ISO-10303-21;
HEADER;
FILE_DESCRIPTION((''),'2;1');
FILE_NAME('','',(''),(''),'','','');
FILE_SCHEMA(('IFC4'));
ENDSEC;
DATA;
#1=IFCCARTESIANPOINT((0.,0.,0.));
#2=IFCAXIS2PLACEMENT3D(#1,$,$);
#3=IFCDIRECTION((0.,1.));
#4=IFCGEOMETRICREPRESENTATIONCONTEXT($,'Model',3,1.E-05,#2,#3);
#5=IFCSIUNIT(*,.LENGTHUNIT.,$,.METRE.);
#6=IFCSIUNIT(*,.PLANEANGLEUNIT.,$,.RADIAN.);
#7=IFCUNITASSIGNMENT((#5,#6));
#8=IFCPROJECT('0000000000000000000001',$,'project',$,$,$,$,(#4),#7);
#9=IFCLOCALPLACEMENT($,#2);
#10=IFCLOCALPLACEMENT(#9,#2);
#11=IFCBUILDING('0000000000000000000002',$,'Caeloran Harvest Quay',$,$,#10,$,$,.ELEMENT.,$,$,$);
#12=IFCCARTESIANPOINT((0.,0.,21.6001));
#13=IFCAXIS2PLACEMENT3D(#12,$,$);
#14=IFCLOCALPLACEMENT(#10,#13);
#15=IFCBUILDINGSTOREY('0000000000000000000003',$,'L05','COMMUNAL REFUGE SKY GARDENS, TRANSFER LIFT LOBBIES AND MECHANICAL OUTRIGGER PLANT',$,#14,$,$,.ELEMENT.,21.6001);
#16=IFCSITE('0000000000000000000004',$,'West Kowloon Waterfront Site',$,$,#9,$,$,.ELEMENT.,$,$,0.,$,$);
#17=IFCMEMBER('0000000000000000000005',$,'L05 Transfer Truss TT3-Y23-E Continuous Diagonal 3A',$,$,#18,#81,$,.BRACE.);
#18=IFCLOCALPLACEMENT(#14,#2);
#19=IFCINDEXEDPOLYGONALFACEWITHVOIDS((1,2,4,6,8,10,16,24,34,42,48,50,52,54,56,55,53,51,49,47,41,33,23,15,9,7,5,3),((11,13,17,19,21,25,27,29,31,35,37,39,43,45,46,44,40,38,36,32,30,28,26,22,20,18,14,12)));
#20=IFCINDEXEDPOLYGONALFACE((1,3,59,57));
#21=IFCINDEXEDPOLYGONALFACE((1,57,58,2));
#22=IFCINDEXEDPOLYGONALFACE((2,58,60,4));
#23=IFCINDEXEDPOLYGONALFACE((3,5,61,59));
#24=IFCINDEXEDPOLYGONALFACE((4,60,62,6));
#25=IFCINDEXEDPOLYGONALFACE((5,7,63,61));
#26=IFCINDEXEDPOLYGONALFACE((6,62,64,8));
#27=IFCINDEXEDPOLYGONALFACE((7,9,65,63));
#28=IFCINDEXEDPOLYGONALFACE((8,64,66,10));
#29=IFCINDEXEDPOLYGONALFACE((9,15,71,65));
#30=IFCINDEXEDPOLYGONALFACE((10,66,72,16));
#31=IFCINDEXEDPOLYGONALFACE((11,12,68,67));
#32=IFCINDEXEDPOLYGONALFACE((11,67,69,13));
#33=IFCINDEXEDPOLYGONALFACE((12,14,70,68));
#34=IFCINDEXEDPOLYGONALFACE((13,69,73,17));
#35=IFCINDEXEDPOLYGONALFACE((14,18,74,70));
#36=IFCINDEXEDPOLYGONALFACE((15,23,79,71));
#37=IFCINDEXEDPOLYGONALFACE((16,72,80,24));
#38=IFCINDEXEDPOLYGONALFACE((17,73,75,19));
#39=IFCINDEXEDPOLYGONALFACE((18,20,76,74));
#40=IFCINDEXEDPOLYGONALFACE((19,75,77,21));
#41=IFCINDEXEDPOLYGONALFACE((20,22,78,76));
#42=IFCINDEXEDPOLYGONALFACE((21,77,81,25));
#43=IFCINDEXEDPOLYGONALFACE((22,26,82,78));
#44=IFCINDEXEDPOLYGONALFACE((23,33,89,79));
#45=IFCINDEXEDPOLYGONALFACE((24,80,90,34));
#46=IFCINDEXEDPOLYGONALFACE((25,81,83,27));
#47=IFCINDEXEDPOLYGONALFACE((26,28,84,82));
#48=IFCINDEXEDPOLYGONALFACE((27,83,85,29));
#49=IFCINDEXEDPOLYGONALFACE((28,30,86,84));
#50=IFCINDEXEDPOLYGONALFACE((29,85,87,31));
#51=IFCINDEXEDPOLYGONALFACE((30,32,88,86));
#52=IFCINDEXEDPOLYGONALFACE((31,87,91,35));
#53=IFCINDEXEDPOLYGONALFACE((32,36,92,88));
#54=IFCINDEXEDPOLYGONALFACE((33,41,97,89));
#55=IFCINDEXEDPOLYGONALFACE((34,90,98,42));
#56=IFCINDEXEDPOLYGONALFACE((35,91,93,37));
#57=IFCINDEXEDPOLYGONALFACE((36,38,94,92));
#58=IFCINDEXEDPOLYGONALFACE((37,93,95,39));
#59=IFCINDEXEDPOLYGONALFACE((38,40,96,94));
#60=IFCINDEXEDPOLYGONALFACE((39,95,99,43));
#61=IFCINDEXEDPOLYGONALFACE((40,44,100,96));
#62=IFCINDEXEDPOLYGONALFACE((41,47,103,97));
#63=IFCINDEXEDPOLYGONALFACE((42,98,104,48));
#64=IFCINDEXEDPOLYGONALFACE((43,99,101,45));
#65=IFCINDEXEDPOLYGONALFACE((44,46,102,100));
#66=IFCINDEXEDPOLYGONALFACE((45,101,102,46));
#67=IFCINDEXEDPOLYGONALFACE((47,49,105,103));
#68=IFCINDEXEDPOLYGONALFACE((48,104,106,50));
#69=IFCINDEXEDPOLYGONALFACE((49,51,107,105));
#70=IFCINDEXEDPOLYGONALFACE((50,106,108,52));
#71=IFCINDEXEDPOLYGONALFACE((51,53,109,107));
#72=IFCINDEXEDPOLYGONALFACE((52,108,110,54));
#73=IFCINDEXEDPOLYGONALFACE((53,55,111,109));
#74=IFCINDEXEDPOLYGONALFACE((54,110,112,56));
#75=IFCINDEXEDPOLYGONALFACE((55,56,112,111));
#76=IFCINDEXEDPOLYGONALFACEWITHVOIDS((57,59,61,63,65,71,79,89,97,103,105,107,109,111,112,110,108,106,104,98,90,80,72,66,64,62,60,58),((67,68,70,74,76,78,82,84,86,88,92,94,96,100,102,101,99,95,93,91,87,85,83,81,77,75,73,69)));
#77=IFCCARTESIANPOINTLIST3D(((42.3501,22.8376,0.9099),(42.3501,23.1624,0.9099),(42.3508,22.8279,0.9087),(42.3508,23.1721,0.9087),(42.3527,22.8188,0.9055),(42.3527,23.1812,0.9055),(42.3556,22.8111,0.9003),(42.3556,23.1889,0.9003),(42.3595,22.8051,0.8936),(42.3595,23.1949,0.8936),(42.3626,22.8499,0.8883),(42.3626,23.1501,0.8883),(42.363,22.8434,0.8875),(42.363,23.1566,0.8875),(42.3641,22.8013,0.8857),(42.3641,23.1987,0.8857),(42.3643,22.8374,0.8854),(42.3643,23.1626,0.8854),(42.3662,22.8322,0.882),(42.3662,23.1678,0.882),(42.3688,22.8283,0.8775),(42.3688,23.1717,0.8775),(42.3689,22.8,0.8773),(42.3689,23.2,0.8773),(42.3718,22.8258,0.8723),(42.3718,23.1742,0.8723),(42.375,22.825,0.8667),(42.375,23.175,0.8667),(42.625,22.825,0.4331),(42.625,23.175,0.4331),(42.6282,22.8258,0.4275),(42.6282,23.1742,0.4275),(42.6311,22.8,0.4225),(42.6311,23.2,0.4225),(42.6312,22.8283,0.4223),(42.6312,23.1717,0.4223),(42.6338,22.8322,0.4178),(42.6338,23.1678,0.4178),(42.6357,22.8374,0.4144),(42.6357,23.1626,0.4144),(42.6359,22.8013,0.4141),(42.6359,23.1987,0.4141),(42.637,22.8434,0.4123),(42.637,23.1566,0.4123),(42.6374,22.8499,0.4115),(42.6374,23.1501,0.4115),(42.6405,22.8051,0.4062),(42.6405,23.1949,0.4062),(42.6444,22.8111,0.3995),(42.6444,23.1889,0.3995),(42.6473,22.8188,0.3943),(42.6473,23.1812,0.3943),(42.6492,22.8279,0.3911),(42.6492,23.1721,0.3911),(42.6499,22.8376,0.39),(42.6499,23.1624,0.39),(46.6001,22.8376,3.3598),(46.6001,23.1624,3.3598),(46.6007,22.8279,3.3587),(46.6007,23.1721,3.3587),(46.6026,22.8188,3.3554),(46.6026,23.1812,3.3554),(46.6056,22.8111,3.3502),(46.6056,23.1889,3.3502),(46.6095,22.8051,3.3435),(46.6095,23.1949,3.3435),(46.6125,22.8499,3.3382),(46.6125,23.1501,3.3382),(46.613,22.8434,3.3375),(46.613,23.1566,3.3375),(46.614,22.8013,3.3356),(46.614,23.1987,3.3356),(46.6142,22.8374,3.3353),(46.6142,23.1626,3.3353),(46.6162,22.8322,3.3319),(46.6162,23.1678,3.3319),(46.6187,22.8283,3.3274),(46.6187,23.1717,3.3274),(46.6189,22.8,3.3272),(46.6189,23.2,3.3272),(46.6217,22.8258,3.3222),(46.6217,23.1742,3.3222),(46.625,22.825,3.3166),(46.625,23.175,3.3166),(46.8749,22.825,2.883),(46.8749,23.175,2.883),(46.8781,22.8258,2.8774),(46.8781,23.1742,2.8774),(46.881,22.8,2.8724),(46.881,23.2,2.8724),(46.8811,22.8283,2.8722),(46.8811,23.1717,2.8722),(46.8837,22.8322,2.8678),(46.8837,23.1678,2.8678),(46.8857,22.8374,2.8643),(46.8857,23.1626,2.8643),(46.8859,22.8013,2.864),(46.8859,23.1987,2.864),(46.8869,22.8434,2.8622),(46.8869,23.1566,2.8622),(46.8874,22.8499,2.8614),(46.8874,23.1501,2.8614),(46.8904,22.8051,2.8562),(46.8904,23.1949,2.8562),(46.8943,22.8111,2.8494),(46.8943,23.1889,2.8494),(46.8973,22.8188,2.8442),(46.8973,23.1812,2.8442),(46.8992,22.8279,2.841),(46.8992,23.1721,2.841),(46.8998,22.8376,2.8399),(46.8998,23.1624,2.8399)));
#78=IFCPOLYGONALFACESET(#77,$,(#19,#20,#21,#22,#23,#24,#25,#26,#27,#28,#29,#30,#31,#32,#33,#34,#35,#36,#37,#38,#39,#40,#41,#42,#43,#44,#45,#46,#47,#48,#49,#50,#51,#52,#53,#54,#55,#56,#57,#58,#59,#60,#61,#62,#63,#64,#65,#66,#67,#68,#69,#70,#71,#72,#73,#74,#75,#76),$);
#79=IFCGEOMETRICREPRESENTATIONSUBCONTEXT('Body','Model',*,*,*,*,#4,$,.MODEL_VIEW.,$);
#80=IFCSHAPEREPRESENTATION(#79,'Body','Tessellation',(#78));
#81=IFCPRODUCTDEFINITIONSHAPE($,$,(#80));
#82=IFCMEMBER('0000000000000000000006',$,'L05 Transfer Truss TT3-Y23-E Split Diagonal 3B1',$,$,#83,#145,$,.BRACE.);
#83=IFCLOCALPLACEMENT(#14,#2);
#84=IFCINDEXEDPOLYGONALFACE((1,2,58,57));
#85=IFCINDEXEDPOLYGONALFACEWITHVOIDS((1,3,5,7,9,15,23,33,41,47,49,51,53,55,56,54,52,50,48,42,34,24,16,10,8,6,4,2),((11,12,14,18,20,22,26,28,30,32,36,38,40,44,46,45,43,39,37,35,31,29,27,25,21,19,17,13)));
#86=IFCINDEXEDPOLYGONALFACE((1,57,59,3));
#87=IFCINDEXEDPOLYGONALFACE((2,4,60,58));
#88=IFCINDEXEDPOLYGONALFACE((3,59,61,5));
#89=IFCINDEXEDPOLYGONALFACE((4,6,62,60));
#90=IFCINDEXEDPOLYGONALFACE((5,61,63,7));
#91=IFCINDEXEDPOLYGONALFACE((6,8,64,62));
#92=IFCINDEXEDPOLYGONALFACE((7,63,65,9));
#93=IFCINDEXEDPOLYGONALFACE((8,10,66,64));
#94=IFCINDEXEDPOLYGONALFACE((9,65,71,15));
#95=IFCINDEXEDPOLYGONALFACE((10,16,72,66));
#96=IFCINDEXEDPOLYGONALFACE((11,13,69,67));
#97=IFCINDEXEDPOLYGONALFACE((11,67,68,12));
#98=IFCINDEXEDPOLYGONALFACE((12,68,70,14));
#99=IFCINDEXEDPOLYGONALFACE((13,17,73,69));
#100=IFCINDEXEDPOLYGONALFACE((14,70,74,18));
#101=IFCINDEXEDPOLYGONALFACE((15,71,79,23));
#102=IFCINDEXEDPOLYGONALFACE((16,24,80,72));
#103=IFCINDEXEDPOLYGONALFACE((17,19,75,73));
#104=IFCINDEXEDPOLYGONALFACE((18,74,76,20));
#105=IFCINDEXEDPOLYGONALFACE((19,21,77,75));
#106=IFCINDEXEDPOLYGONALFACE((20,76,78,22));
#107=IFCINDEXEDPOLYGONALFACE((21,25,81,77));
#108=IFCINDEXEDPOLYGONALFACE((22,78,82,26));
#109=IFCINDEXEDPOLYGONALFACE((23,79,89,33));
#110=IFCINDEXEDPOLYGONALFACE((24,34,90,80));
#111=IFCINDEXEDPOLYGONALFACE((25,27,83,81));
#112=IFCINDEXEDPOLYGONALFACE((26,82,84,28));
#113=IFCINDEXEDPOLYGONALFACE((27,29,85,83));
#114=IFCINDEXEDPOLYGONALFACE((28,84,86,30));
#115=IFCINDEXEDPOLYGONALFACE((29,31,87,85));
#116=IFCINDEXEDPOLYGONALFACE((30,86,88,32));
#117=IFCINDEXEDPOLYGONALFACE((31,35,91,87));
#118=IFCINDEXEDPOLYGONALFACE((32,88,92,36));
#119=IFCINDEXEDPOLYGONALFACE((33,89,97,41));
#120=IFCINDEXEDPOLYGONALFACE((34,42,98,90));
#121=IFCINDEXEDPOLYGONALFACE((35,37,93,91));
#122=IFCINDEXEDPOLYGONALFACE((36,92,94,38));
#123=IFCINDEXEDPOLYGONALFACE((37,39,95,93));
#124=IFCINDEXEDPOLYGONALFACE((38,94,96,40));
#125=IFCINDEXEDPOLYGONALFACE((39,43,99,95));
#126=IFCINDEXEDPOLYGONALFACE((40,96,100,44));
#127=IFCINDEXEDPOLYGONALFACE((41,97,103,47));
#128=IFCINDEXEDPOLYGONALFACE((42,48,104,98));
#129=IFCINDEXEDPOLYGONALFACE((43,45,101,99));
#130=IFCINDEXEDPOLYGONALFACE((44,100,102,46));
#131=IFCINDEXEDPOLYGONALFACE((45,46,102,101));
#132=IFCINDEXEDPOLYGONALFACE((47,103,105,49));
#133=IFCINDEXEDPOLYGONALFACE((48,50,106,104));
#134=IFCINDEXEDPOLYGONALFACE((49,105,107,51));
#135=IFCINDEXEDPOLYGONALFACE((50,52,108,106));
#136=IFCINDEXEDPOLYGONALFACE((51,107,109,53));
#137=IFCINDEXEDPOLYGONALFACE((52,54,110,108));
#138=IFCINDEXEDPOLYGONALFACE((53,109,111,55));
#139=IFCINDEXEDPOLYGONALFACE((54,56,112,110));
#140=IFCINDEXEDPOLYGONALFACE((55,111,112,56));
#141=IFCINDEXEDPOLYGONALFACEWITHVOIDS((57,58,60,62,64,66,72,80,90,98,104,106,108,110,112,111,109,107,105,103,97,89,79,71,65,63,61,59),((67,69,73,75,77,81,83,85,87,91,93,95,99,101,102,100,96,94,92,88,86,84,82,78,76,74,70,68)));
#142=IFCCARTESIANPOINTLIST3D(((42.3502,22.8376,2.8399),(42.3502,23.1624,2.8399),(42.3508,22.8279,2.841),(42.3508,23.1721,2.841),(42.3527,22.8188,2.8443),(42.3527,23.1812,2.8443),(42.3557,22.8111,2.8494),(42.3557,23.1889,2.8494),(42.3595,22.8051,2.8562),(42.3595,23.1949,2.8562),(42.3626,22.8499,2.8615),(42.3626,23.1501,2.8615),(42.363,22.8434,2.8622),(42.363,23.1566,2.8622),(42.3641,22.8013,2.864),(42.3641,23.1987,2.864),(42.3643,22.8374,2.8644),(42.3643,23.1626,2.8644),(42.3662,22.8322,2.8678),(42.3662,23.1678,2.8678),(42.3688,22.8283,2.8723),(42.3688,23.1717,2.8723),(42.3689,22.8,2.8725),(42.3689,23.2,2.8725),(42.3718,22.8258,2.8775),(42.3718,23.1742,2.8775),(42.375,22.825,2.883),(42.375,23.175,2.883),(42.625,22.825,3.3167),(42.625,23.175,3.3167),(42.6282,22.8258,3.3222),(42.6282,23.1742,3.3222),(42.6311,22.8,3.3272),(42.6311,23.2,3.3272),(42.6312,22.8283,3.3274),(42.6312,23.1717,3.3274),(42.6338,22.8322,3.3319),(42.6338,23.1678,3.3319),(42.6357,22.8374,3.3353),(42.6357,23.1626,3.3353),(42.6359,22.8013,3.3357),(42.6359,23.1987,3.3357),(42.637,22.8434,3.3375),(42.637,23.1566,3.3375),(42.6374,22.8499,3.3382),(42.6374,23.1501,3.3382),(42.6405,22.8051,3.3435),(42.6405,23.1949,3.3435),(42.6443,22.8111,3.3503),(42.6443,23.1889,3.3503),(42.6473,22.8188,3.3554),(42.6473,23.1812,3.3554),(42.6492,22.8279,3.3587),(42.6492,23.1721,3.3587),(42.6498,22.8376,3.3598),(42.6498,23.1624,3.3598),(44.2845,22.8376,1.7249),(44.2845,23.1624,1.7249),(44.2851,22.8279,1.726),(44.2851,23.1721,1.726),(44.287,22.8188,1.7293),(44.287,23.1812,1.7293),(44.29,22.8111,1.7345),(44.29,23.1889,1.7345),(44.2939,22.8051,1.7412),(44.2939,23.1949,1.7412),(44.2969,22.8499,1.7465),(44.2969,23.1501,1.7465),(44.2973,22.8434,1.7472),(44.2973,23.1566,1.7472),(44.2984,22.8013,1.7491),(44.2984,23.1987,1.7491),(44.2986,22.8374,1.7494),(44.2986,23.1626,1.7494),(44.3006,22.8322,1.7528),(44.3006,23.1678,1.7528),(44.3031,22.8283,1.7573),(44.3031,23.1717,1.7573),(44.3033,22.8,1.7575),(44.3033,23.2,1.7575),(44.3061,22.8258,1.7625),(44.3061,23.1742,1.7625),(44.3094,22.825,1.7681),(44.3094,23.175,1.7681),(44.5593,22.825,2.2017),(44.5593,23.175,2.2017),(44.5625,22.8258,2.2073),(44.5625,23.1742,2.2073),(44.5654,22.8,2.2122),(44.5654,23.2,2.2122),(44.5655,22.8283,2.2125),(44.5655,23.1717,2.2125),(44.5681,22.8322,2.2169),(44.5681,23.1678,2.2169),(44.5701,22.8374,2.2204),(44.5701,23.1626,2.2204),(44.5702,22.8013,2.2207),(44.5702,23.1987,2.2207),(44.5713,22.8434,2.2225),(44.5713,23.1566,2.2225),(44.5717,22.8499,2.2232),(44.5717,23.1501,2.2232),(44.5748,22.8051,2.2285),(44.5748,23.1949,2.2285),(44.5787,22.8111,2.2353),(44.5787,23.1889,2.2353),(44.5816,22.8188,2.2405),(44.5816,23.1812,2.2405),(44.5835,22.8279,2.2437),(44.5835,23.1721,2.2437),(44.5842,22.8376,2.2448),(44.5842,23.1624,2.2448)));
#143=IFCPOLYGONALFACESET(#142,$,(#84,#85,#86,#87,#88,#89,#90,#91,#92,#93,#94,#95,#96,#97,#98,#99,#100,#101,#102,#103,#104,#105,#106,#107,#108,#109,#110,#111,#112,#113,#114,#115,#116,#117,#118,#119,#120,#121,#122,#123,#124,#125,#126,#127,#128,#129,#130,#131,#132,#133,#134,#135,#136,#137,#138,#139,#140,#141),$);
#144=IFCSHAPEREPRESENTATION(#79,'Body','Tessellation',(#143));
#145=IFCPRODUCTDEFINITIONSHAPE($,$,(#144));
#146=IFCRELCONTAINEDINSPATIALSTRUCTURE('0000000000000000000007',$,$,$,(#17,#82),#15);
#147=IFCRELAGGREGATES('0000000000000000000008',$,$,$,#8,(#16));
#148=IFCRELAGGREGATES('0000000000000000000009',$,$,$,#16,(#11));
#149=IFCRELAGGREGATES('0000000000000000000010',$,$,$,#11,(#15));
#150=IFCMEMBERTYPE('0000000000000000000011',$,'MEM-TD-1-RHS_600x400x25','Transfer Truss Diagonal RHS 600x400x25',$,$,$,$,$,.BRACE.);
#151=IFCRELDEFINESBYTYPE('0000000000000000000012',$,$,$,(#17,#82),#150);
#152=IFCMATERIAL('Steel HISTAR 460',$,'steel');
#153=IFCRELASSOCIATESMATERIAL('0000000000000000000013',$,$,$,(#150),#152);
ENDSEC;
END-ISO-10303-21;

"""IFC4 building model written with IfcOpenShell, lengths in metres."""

from ifc_helpers import new_model, si_unit, direction, frame, origin, origin_2d, place, context, subcontext, project, spatial, hollow_rectangle, extrude, material, material_profile, profile_set, type_object, element, save


model = new_model("IFC4")

# Units and contexts
model_context = context("Model", 3, precision=1e-05, world=origin(), true_north=direction((0.0, 1.0)))
body_context = subcontext(model_context, "Body", "Model", "MODEL_VIEW")
ifc_project = project(units=[si_unit("LENGTHUNIT", "METRE"), si_unit("PLANEANGLEUNIT", "RADIAN")], contexts=[model_context])

# Site, building, storey
site_placement = place(None, origin())
site = spatial("IfcSite", under=ifc_project, at=site_placement, Name="West Kowloon Waterfront Site", CompositionType="ELEMENT", RefElevation=0.0)
building_placement = place(site_placement, origin())
building = spatial("IfcBuilding", under=site, at=building_placement, Name="Caeloran Harvest Quay", CompositionType="ELEMENT")
storey_placement = place(building_placement, frame((0.0, 0.0, 21.6001)))
storey = spatial("IfcBuildingStorey", under=building, at=storey_placement, Name="L05", Description="COMMUNAL REFUGE SKY GARDENS, TRANSFER LIFT LOBBIES AND MECHANICAL OUTRIGGER PLANT", CompositionType="ELEMENT", Elevation=21.6001)

# Shared definitions
ifc_material_1 = material(Name="Steel HISTAR 460", Category="steel")

# Members
ifc_material_profile_1 = material_profile(ifc_material_1, hollow_rectangle(XDim=0.3999, YDim=0.6001, WallThickness=0.0249, InnerFilletRadius=0.0249, OuterFilletRadius=0.0376, at=origin_2d()), Name="RHS 600x400x25")
ifc_profile_set_1 = profile_set([ifc_material_profile_1], Name="Steel HISTAR 460")
member_type_1 = type_object("IfcMemberType", Name="MEM-TD-1-RHS_600x400x25", Description="Transfer Truss Diagonal RHS 600x400x25", PredefinedType="BRACE", material=ifc_profile_set_1)
member_1_placement = place(storey_placement, frame((42.5, 23.0, 0.6499), z_axis=(0.86636, 0.0, 0.499421), x_axis=(0.0, 1.0, 0.0)))
element("IfcMember", 1, at=member_1_placement, inside=storey, type_object=member_type_1, Name="L05 Transfer Truss TT3-Y23-E Continuous Diagonal 3A", PredefinedType="BRACE", context=body_context, shape_type="SweptSolid", body=[
    extrude(hollow_rectangle(XDim=0.3999, YDim=0.6001, WallThickness=0.0249, InnerFilletRadius=0.0249, OuterFilletRadius=0.0376, at=origin_2d()), origin(), (0.0, 0.0, 1.0), 4.9055),
])
for number, where, z_axis, x_axis, name in (
    (2, (42.5, 23.0, 3.0999), (0.866373, 0.0, -0.499397), (0.0, 1.0, 0.0), "L05 Transfer Truss TT3-Y23-E Split Diagonal 3B1"),
):
    element("IfcMember", number, at=place(storey_placement, frame(where, z_axis=z_axis, x_axis=x_axis)), inside=storey, type_object=member_type_1, Name=name, PredefinedType="BRACE", context=body_context, shape_type="SweptSolid", body=[
        extrude(hollow_rectangle(XDim=0.3999, YDim=0.6001, WallThickness=0.0249, InnerFilletRadius=0.0249, OuterFilletRadius=0.0376, at=origin_2d()), origin(), (0.0, 0.0, 1.0), 2.2327),
    ])

save(model, "model.ifc")
